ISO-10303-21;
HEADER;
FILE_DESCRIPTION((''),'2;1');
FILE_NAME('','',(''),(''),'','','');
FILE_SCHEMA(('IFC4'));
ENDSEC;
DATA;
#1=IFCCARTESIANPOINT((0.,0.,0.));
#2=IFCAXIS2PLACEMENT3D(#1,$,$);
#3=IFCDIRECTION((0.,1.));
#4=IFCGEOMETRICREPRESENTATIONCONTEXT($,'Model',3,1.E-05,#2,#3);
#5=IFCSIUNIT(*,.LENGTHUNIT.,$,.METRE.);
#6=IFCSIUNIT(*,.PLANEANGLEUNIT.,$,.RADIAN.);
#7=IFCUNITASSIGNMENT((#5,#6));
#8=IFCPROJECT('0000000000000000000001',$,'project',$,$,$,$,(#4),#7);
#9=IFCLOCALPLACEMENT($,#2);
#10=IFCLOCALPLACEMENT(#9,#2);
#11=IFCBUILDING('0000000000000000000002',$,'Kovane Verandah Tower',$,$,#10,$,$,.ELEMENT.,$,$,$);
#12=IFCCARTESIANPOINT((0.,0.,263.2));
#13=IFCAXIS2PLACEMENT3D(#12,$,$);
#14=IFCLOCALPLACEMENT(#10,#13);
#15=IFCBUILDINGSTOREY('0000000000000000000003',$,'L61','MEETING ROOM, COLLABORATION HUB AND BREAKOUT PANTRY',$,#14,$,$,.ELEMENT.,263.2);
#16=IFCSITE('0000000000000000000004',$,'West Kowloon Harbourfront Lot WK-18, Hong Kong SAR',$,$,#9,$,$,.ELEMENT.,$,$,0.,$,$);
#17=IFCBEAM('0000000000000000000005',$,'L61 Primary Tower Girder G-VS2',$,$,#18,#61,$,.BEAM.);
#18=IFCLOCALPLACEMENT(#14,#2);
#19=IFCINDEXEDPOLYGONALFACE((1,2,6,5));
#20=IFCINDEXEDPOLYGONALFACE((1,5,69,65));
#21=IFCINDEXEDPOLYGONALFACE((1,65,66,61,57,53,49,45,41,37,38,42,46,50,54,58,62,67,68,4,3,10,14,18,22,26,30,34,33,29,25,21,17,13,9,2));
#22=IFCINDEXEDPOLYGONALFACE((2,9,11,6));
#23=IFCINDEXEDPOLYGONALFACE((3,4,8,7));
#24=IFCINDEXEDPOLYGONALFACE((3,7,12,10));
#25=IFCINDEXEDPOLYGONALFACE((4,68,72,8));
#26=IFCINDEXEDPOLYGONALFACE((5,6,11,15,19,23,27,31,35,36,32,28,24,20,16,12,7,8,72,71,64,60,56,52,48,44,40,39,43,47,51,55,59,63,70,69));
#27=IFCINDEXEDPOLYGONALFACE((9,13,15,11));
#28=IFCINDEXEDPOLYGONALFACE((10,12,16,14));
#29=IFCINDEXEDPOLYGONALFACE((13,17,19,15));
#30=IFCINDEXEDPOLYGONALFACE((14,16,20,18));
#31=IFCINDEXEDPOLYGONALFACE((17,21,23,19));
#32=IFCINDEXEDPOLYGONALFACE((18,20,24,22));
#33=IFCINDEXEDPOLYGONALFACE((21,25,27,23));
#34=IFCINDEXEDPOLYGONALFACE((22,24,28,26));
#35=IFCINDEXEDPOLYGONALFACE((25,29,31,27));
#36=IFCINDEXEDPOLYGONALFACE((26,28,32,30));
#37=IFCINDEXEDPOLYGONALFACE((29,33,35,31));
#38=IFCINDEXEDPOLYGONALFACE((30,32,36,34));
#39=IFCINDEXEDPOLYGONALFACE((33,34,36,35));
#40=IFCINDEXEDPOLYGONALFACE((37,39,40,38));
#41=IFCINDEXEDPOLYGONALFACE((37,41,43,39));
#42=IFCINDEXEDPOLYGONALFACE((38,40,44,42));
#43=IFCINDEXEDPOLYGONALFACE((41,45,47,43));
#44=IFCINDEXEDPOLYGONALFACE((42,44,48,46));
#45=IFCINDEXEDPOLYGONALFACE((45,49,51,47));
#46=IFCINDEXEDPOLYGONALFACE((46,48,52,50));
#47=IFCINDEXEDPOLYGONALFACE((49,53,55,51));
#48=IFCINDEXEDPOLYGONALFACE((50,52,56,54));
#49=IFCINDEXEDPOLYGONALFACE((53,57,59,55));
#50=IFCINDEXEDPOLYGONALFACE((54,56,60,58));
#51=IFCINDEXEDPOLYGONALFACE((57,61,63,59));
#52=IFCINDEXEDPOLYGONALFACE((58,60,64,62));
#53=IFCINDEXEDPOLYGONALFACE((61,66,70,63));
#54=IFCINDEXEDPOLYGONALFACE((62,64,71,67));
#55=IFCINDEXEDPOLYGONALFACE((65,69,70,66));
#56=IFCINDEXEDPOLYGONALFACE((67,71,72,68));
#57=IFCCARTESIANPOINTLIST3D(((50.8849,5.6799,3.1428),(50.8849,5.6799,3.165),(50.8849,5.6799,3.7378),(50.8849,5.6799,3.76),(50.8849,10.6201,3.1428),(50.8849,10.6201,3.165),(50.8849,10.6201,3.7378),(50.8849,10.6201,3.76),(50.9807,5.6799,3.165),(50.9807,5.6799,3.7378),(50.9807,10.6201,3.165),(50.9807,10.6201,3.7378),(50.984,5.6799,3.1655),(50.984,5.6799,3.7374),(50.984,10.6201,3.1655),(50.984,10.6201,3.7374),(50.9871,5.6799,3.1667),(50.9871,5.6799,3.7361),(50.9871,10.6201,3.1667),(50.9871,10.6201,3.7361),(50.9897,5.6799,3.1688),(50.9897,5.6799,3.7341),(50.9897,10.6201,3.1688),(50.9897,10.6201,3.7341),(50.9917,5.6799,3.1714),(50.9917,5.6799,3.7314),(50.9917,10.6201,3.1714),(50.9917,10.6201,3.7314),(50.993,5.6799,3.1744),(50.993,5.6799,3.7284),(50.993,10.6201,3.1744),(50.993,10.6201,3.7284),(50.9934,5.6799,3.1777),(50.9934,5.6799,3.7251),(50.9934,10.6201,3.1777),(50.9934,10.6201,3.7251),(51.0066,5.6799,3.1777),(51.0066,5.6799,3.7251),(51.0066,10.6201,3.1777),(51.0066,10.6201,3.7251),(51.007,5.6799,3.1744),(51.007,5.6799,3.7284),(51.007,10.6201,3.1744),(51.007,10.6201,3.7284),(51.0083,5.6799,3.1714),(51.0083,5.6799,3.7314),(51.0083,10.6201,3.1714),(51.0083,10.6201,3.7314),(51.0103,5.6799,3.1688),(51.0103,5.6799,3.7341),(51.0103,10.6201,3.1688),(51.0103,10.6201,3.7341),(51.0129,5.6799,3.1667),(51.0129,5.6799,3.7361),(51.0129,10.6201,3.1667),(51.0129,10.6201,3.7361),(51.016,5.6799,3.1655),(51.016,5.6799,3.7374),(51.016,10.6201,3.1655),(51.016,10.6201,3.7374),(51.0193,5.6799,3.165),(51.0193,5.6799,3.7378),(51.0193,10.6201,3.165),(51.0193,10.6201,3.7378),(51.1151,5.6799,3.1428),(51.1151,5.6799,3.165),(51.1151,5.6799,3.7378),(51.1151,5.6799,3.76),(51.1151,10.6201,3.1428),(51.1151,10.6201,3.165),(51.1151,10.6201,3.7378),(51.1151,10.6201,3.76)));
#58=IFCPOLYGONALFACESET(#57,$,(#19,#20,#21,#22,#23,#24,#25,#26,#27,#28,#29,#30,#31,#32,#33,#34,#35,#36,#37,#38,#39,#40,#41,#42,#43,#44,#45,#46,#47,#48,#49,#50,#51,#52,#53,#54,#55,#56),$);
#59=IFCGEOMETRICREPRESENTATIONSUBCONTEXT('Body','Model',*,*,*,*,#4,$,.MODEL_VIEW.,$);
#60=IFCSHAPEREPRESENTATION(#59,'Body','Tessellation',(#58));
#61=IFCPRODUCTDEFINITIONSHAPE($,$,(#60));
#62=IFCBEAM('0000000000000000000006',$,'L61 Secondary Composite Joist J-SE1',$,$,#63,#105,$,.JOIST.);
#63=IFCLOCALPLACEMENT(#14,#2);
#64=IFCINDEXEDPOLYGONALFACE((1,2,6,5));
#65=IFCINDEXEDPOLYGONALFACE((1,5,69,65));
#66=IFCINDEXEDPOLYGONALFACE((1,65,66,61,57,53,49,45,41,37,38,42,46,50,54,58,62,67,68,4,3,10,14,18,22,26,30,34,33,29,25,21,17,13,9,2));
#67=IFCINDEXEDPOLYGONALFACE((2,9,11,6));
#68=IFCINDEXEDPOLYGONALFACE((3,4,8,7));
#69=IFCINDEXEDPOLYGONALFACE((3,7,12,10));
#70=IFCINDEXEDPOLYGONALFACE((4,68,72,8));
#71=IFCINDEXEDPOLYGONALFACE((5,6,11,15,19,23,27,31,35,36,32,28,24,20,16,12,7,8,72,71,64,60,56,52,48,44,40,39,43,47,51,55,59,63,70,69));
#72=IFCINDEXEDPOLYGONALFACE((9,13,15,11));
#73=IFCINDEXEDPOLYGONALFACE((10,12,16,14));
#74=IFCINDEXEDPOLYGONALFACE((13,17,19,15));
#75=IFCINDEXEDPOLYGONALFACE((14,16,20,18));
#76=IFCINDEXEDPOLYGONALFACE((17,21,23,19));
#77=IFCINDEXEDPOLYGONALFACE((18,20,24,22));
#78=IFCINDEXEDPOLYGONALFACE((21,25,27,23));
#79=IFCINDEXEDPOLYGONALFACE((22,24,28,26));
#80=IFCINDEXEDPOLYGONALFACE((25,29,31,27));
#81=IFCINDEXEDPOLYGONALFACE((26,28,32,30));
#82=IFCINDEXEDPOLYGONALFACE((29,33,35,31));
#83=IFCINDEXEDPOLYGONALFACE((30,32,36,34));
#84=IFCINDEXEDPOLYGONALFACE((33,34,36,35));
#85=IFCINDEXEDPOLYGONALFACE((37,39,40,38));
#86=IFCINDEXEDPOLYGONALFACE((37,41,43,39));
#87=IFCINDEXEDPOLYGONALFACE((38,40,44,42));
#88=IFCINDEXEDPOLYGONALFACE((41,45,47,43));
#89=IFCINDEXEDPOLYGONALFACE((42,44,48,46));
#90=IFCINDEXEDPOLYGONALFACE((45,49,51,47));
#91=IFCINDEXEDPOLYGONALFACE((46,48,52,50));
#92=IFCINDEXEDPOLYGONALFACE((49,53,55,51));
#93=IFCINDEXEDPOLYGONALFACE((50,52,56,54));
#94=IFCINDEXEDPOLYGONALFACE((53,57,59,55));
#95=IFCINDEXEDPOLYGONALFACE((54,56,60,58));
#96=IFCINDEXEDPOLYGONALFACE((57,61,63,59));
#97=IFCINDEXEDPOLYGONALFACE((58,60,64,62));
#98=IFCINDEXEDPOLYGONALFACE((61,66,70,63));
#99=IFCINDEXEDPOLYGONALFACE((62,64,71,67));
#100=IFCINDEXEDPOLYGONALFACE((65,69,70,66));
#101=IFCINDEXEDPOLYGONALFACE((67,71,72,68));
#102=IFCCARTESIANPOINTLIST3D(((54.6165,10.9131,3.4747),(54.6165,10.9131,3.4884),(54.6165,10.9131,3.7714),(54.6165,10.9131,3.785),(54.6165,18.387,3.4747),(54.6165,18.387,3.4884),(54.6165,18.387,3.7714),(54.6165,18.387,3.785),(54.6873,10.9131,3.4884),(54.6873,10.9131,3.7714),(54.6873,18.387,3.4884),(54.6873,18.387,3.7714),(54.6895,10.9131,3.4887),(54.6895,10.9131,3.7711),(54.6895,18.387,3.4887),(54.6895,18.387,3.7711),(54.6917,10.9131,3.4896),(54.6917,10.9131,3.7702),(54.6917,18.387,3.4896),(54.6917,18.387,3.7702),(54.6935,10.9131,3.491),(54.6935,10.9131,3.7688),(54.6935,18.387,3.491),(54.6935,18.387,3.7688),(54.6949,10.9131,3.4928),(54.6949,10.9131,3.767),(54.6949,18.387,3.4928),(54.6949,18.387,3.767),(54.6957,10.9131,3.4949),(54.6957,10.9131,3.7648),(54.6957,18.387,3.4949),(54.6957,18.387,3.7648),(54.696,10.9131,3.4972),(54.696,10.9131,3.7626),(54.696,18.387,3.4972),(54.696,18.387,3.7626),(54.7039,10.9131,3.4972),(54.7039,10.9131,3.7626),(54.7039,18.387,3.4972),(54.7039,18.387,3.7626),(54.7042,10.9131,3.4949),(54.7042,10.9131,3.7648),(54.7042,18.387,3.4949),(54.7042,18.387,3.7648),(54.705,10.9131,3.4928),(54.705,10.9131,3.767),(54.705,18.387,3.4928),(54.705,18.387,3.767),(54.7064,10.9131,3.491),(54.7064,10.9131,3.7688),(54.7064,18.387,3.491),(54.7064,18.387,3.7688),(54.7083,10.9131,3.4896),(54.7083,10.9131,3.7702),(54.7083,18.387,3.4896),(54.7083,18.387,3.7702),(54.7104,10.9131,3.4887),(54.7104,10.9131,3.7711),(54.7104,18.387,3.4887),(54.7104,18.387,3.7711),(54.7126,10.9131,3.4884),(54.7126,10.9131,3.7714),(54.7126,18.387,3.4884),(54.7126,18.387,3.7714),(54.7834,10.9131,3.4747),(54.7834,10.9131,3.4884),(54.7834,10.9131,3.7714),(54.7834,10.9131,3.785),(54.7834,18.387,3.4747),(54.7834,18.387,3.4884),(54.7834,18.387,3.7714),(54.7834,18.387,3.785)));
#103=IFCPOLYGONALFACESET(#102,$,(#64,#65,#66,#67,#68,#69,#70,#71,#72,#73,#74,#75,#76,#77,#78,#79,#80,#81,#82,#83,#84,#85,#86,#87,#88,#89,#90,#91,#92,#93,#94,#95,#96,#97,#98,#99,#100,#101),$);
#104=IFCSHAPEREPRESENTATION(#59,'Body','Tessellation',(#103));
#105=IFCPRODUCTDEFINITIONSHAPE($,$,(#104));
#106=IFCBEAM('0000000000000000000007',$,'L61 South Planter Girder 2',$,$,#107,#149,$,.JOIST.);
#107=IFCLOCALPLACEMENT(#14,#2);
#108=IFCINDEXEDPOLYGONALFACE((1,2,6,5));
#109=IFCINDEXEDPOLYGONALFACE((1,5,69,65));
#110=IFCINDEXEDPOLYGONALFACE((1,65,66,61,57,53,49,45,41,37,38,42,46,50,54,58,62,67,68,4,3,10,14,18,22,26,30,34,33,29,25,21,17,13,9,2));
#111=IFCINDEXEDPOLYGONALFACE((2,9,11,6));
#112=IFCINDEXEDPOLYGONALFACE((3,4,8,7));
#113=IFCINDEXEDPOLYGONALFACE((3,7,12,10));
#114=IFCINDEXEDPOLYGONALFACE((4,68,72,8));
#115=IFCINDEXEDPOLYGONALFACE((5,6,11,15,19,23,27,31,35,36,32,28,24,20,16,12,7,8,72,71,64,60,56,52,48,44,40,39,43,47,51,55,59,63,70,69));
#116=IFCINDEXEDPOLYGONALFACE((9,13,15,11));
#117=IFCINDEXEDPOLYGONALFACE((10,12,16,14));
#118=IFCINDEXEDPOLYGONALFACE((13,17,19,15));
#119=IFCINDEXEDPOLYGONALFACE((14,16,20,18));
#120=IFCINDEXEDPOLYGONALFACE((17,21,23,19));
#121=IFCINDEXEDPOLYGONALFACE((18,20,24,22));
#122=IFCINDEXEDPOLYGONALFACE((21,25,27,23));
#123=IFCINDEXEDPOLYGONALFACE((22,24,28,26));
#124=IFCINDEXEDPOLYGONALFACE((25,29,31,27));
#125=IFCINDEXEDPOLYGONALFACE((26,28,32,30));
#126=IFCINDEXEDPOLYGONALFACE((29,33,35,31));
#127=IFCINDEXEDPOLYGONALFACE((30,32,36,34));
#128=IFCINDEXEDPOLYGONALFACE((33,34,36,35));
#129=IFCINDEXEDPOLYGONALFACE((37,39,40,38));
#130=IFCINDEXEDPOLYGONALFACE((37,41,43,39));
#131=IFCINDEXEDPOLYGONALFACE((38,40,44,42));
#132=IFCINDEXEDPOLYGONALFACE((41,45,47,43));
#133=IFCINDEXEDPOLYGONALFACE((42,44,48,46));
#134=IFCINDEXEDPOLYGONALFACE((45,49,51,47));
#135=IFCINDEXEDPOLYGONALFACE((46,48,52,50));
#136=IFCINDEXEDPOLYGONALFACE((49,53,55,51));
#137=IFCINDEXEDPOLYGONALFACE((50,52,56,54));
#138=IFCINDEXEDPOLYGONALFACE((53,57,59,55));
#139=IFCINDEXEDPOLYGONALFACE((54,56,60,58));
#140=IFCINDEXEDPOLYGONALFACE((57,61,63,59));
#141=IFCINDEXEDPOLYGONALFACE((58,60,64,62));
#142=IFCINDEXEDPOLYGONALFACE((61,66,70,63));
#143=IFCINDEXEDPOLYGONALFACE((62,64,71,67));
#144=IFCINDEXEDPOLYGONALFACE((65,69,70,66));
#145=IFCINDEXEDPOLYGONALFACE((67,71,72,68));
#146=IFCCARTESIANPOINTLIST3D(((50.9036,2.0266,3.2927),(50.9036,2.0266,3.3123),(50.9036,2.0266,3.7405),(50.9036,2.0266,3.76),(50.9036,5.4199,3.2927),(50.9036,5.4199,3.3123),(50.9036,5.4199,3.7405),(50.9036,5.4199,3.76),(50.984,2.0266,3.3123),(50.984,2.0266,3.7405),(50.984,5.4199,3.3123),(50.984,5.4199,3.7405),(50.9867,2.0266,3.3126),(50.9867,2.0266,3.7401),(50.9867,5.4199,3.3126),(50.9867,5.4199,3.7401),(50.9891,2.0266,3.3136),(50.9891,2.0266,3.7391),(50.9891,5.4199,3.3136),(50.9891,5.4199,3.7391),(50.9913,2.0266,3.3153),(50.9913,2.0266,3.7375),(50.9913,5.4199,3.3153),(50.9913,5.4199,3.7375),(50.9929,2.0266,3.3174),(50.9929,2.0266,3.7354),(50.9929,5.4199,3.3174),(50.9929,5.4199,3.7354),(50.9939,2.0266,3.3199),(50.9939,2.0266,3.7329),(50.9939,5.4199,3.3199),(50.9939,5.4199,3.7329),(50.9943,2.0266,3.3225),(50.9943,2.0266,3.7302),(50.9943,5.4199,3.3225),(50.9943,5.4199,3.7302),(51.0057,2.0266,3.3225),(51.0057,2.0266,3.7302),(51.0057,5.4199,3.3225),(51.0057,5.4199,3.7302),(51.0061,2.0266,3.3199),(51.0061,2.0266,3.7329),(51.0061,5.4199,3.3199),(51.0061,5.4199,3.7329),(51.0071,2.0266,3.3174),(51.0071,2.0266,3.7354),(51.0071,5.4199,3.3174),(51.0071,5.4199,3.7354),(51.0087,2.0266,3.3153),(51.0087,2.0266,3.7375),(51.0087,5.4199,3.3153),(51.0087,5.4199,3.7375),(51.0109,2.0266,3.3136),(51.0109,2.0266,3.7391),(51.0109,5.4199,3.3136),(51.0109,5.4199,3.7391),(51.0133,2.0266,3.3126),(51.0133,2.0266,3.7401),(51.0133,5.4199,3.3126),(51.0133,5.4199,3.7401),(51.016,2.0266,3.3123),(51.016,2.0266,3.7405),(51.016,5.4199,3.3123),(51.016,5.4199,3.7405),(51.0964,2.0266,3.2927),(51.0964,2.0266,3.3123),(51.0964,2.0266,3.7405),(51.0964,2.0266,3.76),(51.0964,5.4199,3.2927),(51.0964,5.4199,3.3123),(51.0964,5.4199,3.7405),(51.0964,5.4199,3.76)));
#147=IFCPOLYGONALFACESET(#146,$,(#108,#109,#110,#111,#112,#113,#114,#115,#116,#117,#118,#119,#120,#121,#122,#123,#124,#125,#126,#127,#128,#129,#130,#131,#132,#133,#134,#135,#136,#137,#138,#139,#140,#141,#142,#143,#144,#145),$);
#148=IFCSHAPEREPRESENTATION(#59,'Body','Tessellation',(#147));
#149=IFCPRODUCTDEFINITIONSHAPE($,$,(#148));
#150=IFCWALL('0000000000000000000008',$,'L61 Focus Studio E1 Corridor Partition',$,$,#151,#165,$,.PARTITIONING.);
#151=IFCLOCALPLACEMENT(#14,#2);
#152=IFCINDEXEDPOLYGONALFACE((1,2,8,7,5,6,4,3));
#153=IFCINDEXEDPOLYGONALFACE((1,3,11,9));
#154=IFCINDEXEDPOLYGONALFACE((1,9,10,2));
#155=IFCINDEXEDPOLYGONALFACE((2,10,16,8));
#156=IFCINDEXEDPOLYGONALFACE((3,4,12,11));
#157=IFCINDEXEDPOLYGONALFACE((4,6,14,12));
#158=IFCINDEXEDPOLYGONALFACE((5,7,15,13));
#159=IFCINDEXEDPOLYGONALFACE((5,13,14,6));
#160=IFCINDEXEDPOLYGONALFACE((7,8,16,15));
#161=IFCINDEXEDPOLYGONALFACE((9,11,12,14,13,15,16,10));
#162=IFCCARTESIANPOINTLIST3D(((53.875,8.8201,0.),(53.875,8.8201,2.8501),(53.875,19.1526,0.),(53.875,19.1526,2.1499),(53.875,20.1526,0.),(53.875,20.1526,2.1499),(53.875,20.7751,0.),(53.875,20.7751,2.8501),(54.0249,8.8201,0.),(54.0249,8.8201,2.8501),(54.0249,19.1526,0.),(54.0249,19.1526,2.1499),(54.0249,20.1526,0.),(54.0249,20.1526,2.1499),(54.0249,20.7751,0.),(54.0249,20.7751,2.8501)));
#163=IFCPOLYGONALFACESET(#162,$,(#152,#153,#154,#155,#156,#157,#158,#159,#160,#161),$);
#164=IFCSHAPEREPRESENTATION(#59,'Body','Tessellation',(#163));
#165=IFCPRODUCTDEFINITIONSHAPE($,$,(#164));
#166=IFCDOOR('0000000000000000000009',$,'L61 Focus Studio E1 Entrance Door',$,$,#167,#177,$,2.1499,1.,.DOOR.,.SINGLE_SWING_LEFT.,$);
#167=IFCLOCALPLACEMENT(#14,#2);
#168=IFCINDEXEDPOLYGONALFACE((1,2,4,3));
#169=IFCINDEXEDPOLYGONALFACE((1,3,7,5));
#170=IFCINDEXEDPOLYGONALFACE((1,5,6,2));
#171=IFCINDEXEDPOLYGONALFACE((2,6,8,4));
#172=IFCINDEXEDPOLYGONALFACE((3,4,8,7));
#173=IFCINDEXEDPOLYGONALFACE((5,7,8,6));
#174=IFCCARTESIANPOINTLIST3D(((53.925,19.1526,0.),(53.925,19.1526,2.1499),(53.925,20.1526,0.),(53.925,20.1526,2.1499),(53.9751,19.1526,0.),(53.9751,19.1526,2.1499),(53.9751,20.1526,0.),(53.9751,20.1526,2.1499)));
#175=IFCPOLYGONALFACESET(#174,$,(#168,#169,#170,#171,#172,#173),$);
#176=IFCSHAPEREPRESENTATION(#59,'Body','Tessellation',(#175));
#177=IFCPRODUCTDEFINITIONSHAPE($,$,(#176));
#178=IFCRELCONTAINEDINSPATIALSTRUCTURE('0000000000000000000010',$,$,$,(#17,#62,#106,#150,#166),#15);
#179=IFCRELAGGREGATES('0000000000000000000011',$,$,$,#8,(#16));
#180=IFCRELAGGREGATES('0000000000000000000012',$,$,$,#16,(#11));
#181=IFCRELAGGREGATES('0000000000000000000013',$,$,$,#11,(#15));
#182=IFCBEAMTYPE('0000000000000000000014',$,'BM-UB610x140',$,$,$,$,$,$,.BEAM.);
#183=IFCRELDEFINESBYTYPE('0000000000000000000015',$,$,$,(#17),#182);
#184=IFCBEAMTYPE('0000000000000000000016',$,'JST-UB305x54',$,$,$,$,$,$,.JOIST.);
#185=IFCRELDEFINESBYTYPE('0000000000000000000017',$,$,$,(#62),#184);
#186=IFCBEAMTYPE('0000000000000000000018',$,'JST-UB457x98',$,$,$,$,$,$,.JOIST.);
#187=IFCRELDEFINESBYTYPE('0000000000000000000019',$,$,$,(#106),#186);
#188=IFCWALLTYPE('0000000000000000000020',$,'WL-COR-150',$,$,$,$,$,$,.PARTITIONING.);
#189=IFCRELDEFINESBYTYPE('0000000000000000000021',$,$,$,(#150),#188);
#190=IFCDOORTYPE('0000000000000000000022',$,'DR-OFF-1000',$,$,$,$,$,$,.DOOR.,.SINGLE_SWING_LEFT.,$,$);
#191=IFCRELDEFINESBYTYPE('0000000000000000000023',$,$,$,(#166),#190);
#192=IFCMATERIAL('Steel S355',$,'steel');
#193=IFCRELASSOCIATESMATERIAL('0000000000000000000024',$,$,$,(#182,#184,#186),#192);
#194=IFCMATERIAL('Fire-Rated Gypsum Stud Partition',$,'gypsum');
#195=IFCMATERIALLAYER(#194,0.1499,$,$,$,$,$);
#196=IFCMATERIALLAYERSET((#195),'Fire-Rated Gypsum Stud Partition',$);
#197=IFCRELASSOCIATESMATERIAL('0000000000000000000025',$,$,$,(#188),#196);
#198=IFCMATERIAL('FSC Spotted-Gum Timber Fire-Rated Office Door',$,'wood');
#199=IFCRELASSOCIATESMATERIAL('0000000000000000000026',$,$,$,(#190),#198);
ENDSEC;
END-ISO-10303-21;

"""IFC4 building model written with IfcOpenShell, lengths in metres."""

from ifc_helpers import new_model, si_unit, direction, frame, frame_2d, origin, origin_2d, place, context, subcontext, project, spatial, rectangle, i_section, extrude, material, layer, layer_set, material_profile, profile_set, type_object, element, fill, save


model = new_model("IFC4")

# Units and contexts
model_context = context("Model", 3, precision=1e-05, world=origin(), true_north=direction((0.0, 1.0)))
body_context = subcontext(model_context, "Body", "Model", "MODEL_VIEW")
ifc_project = project(units=[si_unit("LENGTHUNIT", "METRE"), si_unit("PLANEANGLEUNIT", "RADIAN")], contexts=[model_context])

# Site, building, storey
site_placement = place(None, origin())
site = spatial("IfcSite", under=ifc_project, at=site_placement, Name="West Kowloon Harbourfront Lot WK-18, Hong Kong SAR", CompositionType="ELEMENT", RefElevation=0.0)
building_placement = place(site_placement, origin())
building = spatial("IfcBuilding", under=site, at=building_placement, Name="Kovane Verandah Tower", CompositionType="ELEMENT")
storey_placement = place(building_placement, frame((0.0, 0.0, 263.2)))
storey = spatial("IfcBuildingStorey", under=building, at=storey_placement, Name="L61", Description="MEETING ROOM, COLLABORATION HUB AND BREAKOUT PANTRY", CompositionType="ELEMENT", Elevation=263.2)

# Beams
ifc_material_1 = material(Name="Steel S355", Category="steel")
ifc_material_profile_1 = material_profile(ifc_material_1, i_section(OverallWidth=0.2302, OverallDepth=0.6172, WebThickness=0.0132, FlangeThickness=0.0222, FilletRadius=0.0127, at=origin_2d()), Name="UB610x229x140")
ifc_profile_set_1 = profile_set([ifc_material_profile_1], Name="Steel S355")
beam_type_1 = type_object("IfcBeamType", Name="BM-UB610x140", PredefinedType="BEAM", material=ifc_profile_set_1)
beam_1_placement = place(storey_placement, frame((51.0, 10.6201, 3.4514), z_axis=(0.0, -1.0, 0.0), x_axis=(1.0, 0.0, 0.0)))
element("IfcBeam", 1, at=beam_1_placement, inside=storey, type_object=beam_type_1, Name="L61 Primary Tower Girder G-VS2", PredefinedType="BEAM", context=body_context, shape_type="SweptSolid", body=[
    extrude(i_section(OverallWidth=0.2302, OverallDepth=0.6172, WebThickness=0.0132, FlangeThickness=0.0222, FilletRadius=0.0127, at=origin_2d()), origin(), (0.0, 0.0, 1.0), 4.9402),
])
ifc_material_profile_2 = material_profile(ifc_material_1, i_section(OverallWidth=0.167, OverallDepth=0.3103, WebThickness=0.0078, FlangeThickness=0.0137, FilletRadius=0.0088, at=origin_2d()), Name="UB305x165x54")
ifc_profile_set_2 = profile_set([ifc_material_profile_2], Name="Steel S355")
beam_type_2 = type_object("IfcBeamType", Name="JST-UB305x54", PredefinedType="JOIST", material=ifc_profile_set_2)
beam_2_placement = place(storey_placement, frame((54.7, 10.9131, 3.6299), z_axis=(0.0, 1.0, 0.0), x_axis=(-1.0, 0.0, 0.0)))
element("IfcBeam", 2, at=beam_2_placement, inside=storey, type_object=beam_type_2, Name="L61 Secondary Composite Joist J-SE1", PredefinedType="JOIST", context=body_context, shape_type="SweptSolid", body=[
    extrude(i_section(OverallWidth=0.167, OverallDepth=0.3103, WebThickness=0.0078, FlangeThickness=0.0137, FilletRadius=0.0088, at=origin_2d()), origin(), (0.0, 0.0, 1.0), 7.4739),
])
ifc_material_profile_3 = material_profile(ifc_material_1, i_section(OverallWidth=0.1929, OverallDepth=0.4673, WebThickness=0.0115, FlangeThickness=0.0195, FilletRadius=0.0103, at=origin_2d()), Name="UB457x191x98")
ifc_profile_set_3 = profile_set([ifc_material_profile_3], Name="Steel S355")
beam_type_3 = type_object("IfcBeamType", Name="JST-UB457x98", PredefinedType="JOIST", material=ifc_profile_set_3)
beam_3_placement = place(storey_placement, frame((51.0, 5.4199, 3.5264), z_axis=(0.0, -1.0, 0.0), x_axis=(1.0, 0.0, 0.0)))
element("IfcBeam", 3, at=beam_3_placement, inside=storey, type_object=beam_type_3, Name="L61 South Planter Girder 2", PredefinedType="JOIST", context=body_context, shape_type="SweptSolid", body=[
    extrude(i_section(OverallWidth=0.1929, OverallDepth=0.4673, WebThickness=0.0115, FlangeThickness=0.0195, FilletRadius=0.0103, at=origin_2d()), origin(), (0.0, 0.0, 1.0), 3.3933),
])

# Wall, opening, door
ifc_material_2 = material(Name="Fire-Rated Gypsum Stud Partition", Category="gypsum")
ifc_layer_1 = layer(ifc_material_2, 0.1499)
ifc_layer_set_1 = layer_set([ifc_layer_1], Name="Fire-Rated Gypsum Stud Partition")
wall_type_1 = type_object("IfcWallType", Name="WL-COR-150", PredefinedType="PARTITIONING", material=ifc_layer_set_1)
wall_1_placement = place(storey_placement, frame((53.95, 8.8201, 0.0), z_axis=(0.0, 0.0, 1.0), x_axis=(0.0, 1.0, 0.0)))
wall_1 = element("IfcWall", 4, at=wall_1_placement, inside=storey, type_object=wall_type_1, Name="L61 Focus Studio E1 Corridor Partition", PredefinedType="PARTITIONING", context=body_context, shape_type="SweptSolid", body=[
    extrude(rectangle(XDim=11.9551, YDim=0.1499, at=frame_2d((5.9775, 0.0))), origin(), (0.0, 0.0, 1.0), 2.8501),
])
opening_1_placement = place(wall_1_placement, frame((10.3325, 0.0, 0.0)))
opening_1 = element("IfcOpeningElement", 5, at=opening_1_placement, cuts=wall_1, PredefinedType="OPENING", context=body_context, shape_type="SweptSolid", body=[
    extrude(rectangle(XDim=1.0, YDim=2.1499, at=frame_2d((0.5, 1.075))), frame((0.0, 0.075, 0.0), z_axis=(0.0, -1.0, 0.0), x_axis=(1.0, 0.0, 0.0)), (0.0, 0.0, 1.0), 0.1499),
])
ifc_material_3 = material(Name="FSC Spotted-Gum Timber Fire-Rated Office Door", Category="wood")
door_type_1 = type_object("IfcDoorType", Name="DR-OFF-1000", OperationType="SINGLE_SWING_LEFT", PredefinedType="DOOR", material=ifc_material_3)
door_1_placement = place(opening_1_placement, origin())
door_1 = element("IfcDoor", 6, at=door_1_placement, inside=storey, type_object=door_type_1, Name="L61 Focus Studio E1 Entrance Door", OperationType="SINGLE_SWING_LEFT", OverallHeight=2.1499, OverallWidth=1.0, PredefinedType="DOOR", context=body_context, shape_type="SweptSolid", body=[
    extrude(rectangle(XDim=1.0, YDim=2.1499, at=frame_2d((0.5, 1.075))), frame((0.0, 0.0249, 0.0), z_axis=(0.0, -1.0, 0.0), x_axis=(1.0, 0.0, 0.0)), (0.0, 0.0, 1.0), 0.05),
])
fill(opening_1, door_1)

save(model, "model.ifc")
